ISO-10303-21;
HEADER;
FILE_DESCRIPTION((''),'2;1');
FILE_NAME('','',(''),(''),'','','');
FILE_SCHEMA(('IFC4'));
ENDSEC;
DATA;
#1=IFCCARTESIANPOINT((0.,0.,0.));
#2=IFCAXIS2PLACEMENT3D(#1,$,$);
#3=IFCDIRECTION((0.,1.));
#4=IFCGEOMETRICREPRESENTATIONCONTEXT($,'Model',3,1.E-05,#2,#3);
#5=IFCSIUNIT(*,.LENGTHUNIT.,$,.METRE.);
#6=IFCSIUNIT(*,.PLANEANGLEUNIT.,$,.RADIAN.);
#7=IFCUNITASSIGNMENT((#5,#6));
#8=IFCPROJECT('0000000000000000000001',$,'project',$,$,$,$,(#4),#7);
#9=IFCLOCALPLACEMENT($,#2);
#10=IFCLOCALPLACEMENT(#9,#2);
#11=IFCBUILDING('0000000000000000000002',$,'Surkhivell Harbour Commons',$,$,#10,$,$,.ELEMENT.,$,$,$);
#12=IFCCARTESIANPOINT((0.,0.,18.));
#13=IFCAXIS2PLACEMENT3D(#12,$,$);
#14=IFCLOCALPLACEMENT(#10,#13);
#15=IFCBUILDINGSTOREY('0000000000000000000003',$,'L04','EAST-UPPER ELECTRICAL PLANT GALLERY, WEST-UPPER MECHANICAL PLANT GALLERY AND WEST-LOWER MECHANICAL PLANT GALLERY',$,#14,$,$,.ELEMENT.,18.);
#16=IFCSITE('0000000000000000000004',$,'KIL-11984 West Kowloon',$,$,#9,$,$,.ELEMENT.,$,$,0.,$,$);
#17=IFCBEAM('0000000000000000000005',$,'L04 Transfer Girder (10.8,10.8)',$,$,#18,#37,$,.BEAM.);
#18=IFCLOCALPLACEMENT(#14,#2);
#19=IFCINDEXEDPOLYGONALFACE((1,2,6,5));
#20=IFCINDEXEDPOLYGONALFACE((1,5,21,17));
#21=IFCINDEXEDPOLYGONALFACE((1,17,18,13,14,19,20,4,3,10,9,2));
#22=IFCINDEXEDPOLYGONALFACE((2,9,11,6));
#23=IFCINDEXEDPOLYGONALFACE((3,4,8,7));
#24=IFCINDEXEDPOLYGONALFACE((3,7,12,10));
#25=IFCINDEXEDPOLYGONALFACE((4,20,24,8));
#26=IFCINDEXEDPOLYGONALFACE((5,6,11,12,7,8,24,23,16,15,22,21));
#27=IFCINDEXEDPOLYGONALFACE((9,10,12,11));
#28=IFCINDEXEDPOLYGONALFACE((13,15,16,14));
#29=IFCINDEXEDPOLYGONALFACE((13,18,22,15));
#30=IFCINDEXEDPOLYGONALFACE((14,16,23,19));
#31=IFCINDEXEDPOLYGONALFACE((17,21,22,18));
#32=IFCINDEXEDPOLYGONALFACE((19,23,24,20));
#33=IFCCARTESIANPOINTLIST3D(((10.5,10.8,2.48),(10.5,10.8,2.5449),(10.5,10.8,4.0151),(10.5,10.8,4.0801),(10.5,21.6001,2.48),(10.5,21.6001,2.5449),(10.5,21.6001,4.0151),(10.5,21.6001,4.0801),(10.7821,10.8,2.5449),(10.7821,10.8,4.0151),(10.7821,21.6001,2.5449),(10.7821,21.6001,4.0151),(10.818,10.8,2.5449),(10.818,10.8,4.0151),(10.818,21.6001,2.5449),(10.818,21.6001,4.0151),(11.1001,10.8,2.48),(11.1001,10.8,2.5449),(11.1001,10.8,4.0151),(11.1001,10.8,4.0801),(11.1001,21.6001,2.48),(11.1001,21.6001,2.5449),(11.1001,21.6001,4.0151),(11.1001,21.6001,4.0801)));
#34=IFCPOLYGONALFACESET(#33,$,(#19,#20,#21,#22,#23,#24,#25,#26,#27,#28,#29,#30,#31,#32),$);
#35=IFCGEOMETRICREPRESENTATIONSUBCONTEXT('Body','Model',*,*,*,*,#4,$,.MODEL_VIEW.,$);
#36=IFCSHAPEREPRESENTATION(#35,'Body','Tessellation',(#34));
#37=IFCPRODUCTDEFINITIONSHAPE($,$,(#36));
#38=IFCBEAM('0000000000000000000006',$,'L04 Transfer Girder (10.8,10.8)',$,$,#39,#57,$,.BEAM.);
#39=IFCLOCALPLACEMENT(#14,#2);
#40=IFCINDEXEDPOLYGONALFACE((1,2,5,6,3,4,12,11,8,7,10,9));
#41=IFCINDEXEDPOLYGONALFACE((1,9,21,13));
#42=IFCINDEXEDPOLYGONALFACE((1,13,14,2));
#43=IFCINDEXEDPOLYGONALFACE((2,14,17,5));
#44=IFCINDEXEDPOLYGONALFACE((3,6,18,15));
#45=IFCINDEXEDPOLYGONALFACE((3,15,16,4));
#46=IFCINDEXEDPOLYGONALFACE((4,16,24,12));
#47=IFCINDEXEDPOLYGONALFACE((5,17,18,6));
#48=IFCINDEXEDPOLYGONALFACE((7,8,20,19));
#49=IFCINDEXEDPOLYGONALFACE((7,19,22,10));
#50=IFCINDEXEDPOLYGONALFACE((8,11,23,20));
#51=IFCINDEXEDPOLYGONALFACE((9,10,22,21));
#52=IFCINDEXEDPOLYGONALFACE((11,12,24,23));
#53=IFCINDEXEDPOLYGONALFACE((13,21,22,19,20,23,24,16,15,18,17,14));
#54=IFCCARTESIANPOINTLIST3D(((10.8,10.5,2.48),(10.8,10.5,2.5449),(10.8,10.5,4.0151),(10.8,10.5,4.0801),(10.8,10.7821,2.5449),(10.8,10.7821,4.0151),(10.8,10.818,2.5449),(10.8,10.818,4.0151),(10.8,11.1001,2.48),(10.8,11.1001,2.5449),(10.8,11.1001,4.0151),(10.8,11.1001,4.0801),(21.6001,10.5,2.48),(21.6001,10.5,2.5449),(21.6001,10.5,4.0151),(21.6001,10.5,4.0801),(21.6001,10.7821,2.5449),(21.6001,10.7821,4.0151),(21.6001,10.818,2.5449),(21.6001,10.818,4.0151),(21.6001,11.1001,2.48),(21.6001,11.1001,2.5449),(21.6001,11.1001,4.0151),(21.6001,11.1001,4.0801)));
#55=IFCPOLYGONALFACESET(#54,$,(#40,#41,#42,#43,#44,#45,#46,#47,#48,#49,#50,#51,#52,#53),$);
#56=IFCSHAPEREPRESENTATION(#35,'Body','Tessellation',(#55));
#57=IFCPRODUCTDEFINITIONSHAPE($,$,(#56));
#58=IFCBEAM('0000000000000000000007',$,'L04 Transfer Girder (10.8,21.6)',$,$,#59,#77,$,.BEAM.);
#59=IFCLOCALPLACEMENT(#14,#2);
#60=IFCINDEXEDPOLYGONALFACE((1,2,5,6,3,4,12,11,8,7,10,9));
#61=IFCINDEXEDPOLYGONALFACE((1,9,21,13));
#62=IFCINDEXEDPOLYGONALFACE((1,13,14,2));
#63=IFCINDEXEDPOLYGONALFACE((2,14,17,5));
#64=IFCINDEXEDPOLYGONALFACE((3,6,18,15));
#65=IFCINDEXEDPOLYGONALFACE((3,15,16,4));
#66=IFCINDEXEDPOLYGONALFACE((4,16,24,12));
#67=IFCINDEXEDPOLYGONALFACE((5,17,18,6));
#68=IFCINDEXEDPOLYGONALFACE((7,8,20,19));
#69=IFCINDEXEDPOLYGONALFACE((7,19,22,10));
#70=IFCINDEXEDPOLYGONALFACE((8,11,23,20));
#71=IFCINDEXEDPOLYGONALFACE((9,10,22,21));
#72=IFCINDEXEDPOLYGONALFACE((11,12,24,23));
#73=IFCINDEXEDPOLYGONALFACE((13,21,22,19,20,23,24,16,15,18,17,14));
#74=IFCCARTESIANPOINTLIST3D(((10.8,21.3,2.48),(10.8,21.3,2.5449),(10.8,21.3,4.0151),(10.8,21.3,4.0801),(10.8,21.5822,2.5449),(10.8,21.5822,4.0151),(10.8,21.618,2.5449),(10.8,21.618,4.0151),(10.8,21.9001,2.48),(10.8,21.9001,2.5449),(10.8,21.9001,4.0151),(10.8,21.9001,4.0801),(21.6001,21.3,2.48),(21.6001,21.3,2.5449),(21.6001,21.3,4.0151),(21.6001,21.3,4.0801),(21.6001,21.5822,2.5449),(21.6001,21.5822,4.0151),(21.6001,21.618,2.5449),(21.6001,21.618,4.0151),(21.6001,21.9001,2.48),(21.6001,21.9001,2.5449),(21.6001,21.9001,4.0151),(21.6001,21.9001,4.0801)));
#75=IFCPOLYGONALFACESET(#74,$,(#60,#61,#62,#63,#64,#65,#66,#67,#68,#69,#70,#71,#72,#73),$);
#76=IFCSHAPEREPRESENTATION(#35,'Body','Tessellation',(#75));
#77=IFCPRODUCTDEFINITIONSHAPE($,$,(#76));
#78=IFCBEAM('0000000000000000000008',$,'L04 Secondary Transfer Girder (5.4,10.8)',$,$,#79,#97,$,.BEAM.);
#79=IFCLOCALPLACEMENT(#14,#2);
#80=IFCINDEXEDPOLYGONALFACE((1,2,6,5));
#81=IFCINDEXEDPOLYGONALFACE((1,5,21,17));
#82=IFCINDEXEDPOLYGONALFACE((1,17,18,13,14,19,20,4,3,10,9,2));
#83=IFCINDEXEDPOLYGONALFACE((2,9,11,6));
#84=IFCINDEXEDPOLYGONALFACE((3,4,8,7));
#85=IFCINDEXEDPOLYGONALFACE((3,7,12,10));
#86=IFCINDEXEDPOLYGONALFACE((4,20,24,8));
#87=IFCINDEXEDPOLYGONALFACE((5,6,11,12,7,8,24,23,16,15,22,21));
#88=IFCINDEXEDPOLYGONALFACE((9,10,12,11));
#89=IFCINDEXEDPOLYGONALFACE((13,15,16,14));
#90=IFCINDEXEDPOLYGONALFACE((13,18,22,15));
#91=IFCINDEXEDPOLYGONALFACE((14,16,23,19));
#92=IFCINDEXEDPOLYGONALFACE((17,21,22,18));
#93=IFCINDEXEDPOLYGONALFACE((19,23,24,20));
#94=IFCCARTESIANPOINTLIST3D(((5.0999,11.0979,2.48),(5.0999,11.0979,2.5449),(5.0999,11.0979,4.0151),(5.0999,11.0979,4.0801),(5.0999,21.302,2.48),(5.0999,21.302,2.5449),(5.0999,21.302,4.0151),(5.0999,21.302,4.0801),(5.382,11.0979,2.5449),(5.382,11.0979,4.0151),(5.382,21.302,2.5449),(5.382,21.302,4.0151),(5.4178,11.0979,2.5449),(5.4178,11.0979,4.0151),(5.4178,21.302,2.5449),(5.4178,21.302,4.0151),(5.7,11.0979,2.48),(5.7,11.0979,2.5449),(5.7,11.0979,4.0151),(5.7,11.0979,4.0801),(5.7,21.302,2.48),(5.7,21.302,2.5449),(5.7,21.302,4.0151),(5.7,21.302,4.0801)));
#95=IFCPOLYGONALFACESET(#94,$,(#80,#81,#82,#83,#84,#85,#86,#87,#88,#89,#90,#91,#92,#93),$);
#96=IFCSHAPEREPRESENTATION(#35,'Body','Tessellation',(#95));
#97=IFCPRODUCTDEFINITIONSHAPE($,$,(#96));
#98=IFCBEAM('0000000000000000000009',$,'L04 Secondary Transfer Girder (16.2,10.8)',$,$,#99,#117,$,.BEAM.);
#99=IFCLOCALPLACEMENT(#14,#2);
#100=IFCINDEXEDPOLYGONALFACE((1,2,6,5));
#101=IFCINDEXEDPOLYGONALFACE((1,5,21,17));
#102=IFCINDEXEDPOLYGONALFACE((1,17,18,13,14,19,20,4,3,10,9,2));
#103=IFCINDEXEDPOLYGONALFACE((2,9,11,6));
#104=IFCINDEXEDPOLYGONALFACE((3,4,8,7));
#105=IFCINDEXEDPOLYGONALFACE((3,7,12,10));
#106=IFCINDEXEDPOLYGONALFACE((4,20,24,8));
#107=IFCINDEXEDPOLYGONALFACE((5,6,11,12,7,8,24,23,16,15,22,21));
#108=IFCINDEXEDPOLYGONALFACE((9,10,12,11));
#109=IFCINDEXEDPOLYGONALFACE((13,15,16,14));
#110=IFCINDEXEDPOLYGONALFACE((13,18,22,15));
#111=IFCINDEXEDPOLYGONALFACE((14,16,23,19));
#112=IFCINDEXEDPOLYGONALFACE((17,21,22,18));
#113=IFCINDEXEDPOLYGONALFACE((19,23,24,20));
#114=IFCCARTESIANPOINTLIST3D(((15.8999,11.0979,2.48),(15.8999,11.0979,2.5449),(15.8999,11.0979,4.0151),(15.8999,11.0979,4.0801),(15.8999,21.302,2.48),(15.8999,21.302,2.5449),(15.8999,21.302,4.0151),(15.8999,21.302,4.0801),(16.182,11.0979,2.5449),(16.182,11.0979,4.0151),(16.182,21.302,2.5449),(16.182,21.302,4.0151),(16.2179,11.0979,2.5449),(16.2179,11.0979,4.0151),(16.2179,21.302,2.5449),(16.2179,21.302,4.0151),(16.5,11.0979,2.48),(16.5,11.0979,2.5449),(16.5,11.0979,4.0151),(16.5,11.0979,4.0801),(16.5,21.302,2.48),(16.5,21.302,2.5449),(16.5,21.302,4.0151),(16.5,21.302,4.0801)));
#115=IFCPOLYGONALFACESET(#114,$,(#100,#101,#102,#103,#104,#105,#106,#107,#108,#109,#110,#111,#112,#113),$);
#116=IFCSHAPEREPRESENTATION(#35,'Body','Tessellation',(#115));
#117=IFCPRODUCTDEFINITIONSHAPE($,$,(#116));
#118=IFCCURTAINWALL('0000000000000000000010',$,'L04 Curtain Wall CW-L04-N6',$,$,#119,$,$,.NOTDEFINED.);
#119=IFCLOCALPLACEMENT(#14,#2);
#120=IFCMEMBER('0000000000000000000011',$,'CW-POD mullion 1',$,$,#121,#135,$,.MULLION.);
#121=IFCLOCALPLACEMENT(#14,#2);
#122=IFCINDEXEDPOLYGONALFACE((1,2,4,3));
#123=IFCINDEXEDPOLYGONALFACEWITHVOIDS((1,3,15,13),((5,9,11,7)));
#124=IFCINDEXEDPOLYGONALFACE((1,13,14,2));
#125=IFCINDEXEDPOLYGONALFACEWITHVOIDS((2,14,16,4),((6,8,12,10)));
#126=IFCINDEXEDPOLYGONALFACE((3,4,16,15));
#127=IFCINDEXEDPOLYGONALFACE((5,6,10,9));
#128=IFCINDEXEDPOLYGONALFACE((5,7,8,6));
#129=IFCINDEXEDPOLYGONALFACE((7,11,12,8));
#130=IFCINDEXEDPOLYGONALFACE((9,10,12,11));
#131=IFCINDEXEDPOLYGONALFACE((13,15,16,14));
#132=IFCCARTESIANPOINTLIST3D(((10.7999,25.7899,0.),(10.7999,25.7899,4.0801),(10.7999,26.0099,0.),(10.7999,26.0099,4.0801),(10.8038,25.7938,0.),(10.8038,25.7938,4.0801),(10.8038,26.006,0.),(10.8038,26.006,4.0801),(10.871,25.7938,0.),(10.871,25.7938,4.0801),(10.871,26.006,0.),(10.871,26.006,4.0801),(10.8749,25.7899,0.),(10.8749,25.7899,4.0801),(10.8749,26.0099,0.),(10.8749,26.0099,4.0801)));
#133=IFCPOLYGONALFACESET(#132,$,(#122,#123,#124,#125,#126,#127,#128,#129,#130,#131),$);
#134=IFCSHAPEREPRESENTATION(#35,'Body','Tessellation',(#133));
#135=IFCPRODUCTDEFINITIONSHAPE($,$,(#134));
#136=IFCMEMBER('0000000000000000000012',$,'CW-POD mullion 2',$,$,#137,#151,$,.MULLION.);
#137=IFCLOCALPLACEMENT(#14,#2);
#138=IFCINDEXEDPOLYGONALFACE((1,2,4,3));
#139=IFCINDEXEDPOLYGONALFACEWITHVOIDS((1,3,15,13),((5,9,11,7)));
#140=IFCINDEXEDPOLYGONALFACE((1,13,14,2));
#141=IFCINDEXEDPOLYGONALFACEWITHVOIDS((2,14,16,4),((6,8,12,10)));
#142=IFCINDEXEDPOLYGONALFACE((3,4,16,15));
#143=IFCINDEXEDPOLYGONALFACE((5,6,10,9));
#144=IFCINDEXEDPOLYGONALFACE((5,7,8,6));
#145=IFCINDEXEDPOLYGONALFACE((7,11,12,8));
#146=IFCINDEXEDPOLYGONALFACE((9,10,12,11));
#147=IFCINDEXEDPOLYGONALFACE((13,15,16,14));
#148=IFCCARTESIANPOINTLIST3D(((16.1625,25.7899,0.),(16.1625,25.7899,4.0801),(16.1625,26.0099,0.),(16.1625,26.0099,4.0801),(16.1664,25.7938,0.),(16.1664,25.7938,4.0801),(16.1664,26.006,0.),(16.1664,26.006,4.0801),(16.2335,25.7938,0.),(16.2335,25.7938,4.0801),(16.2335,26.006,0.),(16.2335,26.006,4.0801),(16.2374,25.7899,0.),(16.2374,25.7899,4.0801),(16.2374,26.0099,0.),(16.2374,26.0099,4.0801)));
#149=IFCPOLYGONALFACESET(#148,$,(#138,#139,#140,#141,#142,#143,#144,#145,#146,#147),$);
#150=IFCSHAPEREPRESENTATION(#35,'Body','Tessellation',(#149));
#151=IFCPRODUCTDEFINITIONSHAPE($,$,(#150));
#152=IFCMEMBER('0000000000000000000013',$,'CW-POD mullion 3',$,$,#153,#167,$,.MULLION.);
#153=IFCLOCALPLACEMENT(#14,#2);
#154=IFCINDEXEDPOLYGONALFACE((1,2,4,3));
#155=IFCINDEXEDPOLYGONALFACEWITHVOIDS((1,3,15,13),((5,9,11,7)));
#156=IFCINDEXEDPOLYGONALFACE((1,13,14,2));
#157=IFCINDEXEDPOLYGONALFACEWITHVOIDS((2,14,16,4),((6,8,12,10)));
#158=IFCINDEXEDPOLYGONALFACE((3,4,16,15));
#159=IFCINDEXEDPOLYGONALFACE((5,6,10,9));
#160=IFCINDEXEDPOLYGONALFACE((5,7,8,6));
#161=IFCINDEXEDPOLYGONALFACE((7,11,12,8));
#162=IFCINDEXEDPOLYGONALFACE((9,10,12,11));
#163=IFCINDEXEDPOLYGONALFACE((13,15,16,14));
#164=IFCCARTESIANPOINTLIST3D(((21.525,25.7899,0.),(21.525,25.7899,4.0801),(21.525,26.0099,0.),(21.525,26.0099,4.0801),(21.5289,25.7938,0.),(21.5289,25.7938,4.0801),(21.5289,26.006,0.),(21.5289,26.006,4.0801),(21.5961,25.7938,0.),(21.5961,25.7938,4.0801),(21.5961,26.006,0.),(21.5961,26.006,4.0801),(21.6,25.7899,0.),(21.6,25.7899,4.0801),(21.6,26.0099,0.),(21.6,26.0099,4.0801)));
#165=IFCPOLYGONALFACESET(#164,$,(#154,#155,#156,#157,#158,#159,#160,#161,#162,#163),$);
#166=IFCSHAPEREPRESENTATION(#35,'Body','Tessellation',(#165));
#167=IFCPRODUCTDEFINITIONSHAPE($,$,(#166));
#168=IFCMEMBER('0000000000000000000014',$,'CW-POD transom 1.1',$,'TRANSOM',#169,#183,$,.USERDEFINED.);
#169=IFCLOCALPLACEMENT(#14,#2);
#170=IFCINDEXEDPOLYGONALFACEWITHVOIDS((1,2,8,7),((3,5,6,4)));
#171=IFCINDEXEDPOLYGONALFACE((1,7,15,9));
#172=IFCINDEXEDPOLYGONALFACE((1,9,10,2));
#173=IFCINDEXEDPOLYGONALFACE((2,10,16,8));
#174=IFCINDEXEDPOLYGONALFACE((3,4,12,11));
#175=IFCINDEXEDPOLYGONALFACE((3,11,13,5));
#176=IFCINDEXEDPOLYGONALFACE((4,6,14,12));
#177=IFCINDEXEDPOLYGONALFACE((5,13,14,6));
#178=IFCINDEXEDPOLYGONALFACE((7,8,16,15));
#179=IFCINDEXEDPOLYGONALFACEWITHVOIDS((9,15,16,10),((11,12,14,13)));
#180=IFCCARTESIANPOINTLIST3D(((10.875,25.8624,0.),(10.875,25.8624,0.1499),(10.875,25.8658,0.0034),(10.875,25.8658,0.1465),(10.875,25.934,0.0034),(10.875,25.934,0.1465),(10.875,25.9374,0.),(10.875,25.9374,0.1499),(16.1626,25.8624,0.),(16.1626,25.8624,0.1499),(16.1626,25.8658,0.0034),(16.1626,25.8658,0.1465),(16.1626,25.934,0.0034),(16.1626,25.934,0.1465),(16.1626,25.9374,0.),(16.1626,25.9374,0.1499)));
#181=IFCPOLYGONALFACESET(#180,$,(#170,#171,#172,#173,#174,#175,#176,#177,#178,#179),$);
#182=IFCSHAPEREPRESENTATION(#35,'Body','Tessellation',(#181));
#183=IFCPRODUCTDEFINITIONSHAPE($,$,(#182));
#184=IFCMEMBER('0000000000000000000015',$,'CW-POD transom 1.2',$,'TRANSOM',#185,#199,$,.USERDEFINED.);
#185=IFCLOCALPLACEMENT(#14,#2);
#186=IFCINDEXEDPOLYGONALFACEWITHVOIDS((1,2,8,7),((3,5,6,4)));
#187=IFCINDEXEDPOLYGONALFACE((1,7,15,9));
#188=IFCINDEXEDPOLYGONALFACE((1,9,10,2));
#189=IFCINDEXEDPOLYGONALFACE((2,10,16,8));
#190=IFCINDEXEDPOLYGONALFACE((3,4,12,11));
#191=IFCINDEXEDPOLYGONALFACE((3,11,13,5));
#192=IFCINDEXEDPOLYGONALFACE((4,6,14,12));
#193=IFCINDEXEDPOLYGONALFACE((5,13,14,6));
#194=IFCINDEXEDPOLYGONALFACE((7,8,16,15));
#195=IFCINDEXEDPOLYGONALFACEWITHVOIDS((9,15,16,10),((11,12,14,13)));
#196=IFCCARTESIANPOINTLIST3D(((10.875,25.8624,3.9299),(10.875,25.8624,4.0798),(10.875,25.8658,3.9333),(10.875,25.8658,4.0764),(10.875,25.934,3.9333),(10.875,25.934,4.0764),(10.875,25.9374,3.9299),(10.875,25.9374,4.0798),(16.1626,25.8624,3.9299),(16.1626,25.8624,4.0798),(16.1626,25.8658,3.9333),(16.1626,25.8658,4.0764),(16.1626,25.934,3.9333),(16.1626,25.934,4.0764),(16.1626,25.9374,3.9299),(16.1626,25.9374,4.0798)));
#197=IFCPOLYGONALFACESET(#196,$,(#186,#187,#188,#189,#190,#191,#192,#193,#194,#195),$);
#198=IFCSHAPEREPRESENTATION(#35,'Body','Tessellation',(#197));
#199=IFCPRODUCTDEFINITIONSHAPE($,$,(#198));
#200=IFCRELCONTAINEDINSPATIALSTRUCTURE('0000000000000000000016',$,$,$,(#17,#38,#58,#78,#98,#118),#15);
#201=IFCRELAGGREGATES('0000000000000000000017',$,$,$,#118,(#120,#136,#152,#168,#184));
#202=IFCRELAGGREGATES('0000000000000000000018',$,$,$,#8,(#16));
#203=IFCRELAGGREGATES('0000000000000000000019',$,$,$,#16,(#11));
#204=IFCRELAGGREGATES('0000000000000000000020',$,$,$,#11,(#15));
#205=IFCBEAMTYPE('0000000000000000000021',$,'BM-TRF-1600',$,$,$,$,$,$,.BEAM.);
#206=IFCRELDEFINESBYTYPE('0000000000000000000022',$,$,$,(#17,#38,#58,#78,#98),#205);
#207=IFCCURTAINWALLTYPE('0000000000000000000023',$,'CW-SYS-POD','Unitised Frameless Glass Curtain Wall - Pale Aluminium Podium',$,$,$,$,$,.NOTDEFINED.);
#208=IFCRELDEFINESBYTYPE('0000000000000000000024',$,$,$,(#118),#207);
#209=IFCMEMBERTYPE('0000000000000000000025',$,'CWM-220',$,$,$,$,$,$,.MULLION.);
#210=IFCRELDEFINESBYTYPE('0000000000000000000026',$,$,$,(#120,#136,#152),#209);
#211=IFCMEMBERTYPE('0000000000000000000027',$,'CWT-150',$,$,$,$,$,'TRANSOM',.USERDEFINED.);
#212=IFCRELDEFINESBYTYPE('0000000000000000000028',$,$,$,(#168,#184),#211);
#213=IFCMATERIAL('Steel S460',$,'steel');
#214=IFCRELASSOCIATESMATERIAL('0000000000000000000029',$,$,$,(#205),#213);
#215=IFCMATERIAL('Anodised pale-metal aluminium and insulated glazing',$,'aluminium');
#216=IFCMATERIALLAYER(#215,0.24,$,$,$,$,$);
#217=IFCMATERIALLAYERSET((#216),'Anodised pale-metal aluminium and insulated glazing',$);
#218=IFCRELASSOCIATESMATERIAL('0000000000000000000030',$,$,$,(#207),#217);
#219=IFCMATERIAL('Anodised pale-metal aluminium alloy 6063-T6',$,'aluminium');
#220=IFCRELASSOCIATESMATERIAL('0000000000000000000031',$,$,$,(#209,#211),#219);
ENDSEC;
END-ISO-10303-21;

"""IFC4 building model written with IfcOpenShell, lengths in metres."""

from ifc_helpers import new_model, si_unit, direction, frame, origin, origin_2d, place, context, subcontext, project, spatial, hollow_rectangle, i_section, extrude, material, layer, layer_set, material_profile, profile_set, type_object, element, aggregate, save


model = new_model("IFC4")

# Units and contexts
model_context = context("Model", 3, precision=1e-05, world=origin(), true_north=direction((0.0, 1.0)))
body_context = subcontext(model_context, "Body", "Model", "MODEL_VIEW")
ifc_project = project(units=[si_unit("LENGTHUNIT", "METRE"), si_unit("PLANEANGLEUNIT", "RADIAN")], contexts=[model_context])

# Site, building, storey
site_placement = place(None, origin())
site = spatial("IfcSite", under=ifc_project, at=site_placement, Name="KIL-11984 West Kowloon", CompositionType="ELEMENT", RefElevation=0.0)
building_placement = place(site_placement, origin())
building = spatial("IfcBuilding", under=site, at=building_placement, Name="Surkhivell Harbour Commons", CompositionType="ELEMENT")
storey_placement = place(building_placement, frame((0.0, 0.0, 18.0)))
storey = spatial("IfcBuildingStorey", under=building, at=storey_placement, Name="L04", Description="EAST-UPPER ELECTRICAL PLANT GALLERY, WEST-UPPER MECHANICAL PLANT GALLERY AND WEST-LOWER MECHANICAL PLANT GALLERY", CompositionType="ELEMENT", Elevation=18.0)

# Beams
ifc_material_1 = material(Name="Steel S460", Category="steel")
ifc_material_profile_1 = material_profile(ifc_material_1, i_section(OverallWidth=0.6001, OverallDepth=1.6001, WebThickness=0.0359, FlangeThickness=0.0649, at=origin_2d()), Name="WPG1600x600x296")
ifc_profile_set_1 = profile_set([ifc_material_profile_1], Name="Steel S460")
beam_type_1 = type_object("IfcBeamType", Name="BM-TRF-1600", PredefinedType="BEAM", material=ifc_profile_set_1)
for number, where, z_axis, x_axis, name in (
    (1, (10.8, 10.8, 3.28), (0.0, 1.0, 0.0), (-1.0, 0.0, 0.0), "L04 Transfer Girder (10.8,10.8)"),
    (2, (10.8, 10.8, 3.28), (1.0, 0.0, 0.0), (0.0, 1.0, 0.0), "L04 Transfer Girder (10.8,10.8)"),
    (3, (10.8, 21.6001, 3.28), (1.0, 0.0, 0.0), (0.0, 1.0, 0.0), "L04 Transfer Girder (10.8,21.6)"),
):
    element("IfcBeam", number, at=place(storey_placement, frame(where, z_axis=z_axis, x_axis=x_axis)), inside=storey, type_object=beam_type_1, Name=name, PredefinedType="BEAM", context=body_context, shape_type="SweptSolid", body=[
        extrude(i_section(OverallWidth=0.6001, OverallDepth=1.6001, WebThickness=0.0359, FlangeThickness=0.0649, at=origin_2d()), origin(), (0.0, 0.0, 1.0), 10.8),
    ])
for number, where, z_axis, x_axis, name in (
    (4, (5.3999, 11.0979, 3.28), (0.0, 1.0, 0.0), (-1.0, 0.0, 0.0), "L04 Secondary Transfer Girder (5.4,10.8)"),
    (5, (16.2, 11.0979, 3.28), (0.0, 1.0, 0.0), (-1.0, 0.0, 0.0), "L04 Secondary Transfer Girder (16.2,10.8)"),
):
    element("IfcBeam", number, at=place(storey_placement, frame(where, z_axis=z_axis, x_axis=x_axis)), inside=storey, type_object=beam_type_1, Name=name, PredefinedType="BEAM", context=body_context, shape_type="SweptSolid", body=[
        extrude(i_section(OverallWidth=0.6001, OverallDepth=1.6001, WebThickness=0.0359, FlangeThickness=0.0649, at=origin_2d()), origin(), (0.0, 0.0, 1.0), 10.2041),
    ])

# Curtain wall, members
ifc_material_2 = material(Name="Anodised pale-metal aluminium and insulated glazing", Category="aluminium")
ifc_layer_1 = layer(ifc_material_2, 0.24)
ifc_layer_set_1 = layer_set([ifc_layer_1], Name="Anodised pale-metal aluminium and insulated glazing")
curtain_wall_type = type_object("IfcCurtainWallType", Name="CW-SYS-POD", Description="Unitised Frameless Glass Curtain Wall - Pale Aluminium Podium", PredefinedType="NOTDEFINED", material=ifc_layer_set_1)
curtain_wall_placement = place(storey_placement, origin())
curtain_wall = element("IfcCurtainWall", 6, at=curtain_wall_placement, inside=storey, type_object=curtain_wall_type, Name="L04 Curtain Wall CW-L04-N6", PredefinedType="NOTDEFINED")
ifc_material_3 = material(Name="Anodised pale-metal aluminium alloy 6063-T6", Category="aluminium")
ifc_material_profile_2 = material_profile(ifc_material_3, hollow_rectangle(XDim=0.075, YDim=0.22, WallThickness=0.0039, at=origin_2d()), Name="ALU-MULL-75x220")
ifc_profile_set_2 = profile_set([ifc_material_profile_2], Name="Anodised pale-metal aluminium alloy 6063-T6")
member_type_1 = type_object("IfcMemberType", Name="CWM-220", PredefinedType="MULLION", material=ifc_profile_set_2)
member_1_placement = place(storey_placement, frame((10.8374, 25.8999, 0.0), z_axis=(0.0, 0.0, 1.0), x_axis=(1.0, 0.0, 0.0)))
member_1 = element("IfcMember", 7, at=member_1_placement, type_object=member_type_1, Name="CW-POD mullion 1", PredefinedType="MULLION", context=body_context, shape_type="SweptSolid", body=[
    extrude(hollow_rectangle(XDim=0.075, YDim=0.22, WallThickness=0.0039, at=origin_2d()), origin(), (0.0, 0.0, 1.0), 4.0801),
])
member_2_placement = place(storey_placement, frame((16.2, 25.8999, 0.0), z_axis=(0.0, 0.0, 1.0), x_axis=(1.0, 0.0, 0.0)))
member_2 = element("IfcMember", 8, at=member_2_placement, type_object=member_type_1, Name="CW-POD mullion 2", PredefinedType="MULLION", context=body_context, shape_type="SweptSolid", body=[
    extrude(hollow_rectangle(XDim=0.075, YDim=0.22, WallThickness=0.0039, at=origin_2d()), origin(), (0.0, 0.0, 1.0), 4.0801),
])
member_3_placement = place(storey_placement, frame((21.5625, 25.8999, 0.0), z_axis=(0.0, 0.0, 1.0), x_axis=(1.0, 0.0, 0.0)))
member_3 = element("IfcMember", 9, at=member_3_placement, type_object=member_type_1, Name="CW-POD mullion 3", PredefinedType="MULLION", context=body_context, shape_type="SweptSolid", body=[
    extrude(hollow_rectangle(XDim=0.075, YDim=0.22, WallThickness=0.0039, at=origin_2d()), origin(), (0.0, 0.0, 1.0), 4.0801),
])
ifc_material_profile_3 = material_profile(ifc_material_3, hollow_rectangle(XDim=0.075, YDim=0.1499, WallThickness=0.0034, at=origin_2d()), Name="ALU-TRAN-75x150")
ifc_profile_set_3 = profile_set([ifc_material_profile_3], Name="Anodised pale-metal aluminium alloy 6063-T6")
member_type_2 = type_object("IfcMemberType", Name="CWT-150", ElementType="TRANSOM", PredefinedType="USERDEFINED", material=ifc_profile_set_3)
member_4_placement = place(storey_placement, frame((10.875, 25.8999, 0.075), z_axis=(1.0, 0.0, 0.0), x_axis=(0.0, 1.0, 0.0)))
member_4 = element("IfcMember", 10, at=member_4_placement, type_object=member_type_2, Name="CW-POD transom 1.1", ObjectType="TRANSOM", PredefinedType="USERDEFINED", context=body_context, shape_type="SweptSolid", body=[
    extrude(hollow_rectangle(XDim=0.075, YDim=0.1499, WallThickness=0.0034, at=origin_2d()), origin(), (0.0, 0.0, 1.0), 5.2876),
])
member_5_placement = place(storey_placement, frame((10.875, 25.8999, 4.0049), z_axis=(1.0, 0.0, 0.0), x_axis=(0.0, 1.0, 0.0)))
member_5 = element("IfcMember", 11, at=member_5_placement, type_object=member_type_2, Name="CW-POD transom 1.2", ObjectType="TRANSOM", PredefinedType="USERDEFINED", context=body_context, shape_type="SweptSolid", body=[
    extrude(hollow_rectangle(XDim=0.075, YDim=0.1499, WallThickness=0.0034, at=origin_2d()), origin(), (0.0, 0.0, 1.0), 5.2876),
])

aggregate(curtain_wall, [member_1, member_2, member_3, member_4, member_5])

save(model, "model.ifc")
